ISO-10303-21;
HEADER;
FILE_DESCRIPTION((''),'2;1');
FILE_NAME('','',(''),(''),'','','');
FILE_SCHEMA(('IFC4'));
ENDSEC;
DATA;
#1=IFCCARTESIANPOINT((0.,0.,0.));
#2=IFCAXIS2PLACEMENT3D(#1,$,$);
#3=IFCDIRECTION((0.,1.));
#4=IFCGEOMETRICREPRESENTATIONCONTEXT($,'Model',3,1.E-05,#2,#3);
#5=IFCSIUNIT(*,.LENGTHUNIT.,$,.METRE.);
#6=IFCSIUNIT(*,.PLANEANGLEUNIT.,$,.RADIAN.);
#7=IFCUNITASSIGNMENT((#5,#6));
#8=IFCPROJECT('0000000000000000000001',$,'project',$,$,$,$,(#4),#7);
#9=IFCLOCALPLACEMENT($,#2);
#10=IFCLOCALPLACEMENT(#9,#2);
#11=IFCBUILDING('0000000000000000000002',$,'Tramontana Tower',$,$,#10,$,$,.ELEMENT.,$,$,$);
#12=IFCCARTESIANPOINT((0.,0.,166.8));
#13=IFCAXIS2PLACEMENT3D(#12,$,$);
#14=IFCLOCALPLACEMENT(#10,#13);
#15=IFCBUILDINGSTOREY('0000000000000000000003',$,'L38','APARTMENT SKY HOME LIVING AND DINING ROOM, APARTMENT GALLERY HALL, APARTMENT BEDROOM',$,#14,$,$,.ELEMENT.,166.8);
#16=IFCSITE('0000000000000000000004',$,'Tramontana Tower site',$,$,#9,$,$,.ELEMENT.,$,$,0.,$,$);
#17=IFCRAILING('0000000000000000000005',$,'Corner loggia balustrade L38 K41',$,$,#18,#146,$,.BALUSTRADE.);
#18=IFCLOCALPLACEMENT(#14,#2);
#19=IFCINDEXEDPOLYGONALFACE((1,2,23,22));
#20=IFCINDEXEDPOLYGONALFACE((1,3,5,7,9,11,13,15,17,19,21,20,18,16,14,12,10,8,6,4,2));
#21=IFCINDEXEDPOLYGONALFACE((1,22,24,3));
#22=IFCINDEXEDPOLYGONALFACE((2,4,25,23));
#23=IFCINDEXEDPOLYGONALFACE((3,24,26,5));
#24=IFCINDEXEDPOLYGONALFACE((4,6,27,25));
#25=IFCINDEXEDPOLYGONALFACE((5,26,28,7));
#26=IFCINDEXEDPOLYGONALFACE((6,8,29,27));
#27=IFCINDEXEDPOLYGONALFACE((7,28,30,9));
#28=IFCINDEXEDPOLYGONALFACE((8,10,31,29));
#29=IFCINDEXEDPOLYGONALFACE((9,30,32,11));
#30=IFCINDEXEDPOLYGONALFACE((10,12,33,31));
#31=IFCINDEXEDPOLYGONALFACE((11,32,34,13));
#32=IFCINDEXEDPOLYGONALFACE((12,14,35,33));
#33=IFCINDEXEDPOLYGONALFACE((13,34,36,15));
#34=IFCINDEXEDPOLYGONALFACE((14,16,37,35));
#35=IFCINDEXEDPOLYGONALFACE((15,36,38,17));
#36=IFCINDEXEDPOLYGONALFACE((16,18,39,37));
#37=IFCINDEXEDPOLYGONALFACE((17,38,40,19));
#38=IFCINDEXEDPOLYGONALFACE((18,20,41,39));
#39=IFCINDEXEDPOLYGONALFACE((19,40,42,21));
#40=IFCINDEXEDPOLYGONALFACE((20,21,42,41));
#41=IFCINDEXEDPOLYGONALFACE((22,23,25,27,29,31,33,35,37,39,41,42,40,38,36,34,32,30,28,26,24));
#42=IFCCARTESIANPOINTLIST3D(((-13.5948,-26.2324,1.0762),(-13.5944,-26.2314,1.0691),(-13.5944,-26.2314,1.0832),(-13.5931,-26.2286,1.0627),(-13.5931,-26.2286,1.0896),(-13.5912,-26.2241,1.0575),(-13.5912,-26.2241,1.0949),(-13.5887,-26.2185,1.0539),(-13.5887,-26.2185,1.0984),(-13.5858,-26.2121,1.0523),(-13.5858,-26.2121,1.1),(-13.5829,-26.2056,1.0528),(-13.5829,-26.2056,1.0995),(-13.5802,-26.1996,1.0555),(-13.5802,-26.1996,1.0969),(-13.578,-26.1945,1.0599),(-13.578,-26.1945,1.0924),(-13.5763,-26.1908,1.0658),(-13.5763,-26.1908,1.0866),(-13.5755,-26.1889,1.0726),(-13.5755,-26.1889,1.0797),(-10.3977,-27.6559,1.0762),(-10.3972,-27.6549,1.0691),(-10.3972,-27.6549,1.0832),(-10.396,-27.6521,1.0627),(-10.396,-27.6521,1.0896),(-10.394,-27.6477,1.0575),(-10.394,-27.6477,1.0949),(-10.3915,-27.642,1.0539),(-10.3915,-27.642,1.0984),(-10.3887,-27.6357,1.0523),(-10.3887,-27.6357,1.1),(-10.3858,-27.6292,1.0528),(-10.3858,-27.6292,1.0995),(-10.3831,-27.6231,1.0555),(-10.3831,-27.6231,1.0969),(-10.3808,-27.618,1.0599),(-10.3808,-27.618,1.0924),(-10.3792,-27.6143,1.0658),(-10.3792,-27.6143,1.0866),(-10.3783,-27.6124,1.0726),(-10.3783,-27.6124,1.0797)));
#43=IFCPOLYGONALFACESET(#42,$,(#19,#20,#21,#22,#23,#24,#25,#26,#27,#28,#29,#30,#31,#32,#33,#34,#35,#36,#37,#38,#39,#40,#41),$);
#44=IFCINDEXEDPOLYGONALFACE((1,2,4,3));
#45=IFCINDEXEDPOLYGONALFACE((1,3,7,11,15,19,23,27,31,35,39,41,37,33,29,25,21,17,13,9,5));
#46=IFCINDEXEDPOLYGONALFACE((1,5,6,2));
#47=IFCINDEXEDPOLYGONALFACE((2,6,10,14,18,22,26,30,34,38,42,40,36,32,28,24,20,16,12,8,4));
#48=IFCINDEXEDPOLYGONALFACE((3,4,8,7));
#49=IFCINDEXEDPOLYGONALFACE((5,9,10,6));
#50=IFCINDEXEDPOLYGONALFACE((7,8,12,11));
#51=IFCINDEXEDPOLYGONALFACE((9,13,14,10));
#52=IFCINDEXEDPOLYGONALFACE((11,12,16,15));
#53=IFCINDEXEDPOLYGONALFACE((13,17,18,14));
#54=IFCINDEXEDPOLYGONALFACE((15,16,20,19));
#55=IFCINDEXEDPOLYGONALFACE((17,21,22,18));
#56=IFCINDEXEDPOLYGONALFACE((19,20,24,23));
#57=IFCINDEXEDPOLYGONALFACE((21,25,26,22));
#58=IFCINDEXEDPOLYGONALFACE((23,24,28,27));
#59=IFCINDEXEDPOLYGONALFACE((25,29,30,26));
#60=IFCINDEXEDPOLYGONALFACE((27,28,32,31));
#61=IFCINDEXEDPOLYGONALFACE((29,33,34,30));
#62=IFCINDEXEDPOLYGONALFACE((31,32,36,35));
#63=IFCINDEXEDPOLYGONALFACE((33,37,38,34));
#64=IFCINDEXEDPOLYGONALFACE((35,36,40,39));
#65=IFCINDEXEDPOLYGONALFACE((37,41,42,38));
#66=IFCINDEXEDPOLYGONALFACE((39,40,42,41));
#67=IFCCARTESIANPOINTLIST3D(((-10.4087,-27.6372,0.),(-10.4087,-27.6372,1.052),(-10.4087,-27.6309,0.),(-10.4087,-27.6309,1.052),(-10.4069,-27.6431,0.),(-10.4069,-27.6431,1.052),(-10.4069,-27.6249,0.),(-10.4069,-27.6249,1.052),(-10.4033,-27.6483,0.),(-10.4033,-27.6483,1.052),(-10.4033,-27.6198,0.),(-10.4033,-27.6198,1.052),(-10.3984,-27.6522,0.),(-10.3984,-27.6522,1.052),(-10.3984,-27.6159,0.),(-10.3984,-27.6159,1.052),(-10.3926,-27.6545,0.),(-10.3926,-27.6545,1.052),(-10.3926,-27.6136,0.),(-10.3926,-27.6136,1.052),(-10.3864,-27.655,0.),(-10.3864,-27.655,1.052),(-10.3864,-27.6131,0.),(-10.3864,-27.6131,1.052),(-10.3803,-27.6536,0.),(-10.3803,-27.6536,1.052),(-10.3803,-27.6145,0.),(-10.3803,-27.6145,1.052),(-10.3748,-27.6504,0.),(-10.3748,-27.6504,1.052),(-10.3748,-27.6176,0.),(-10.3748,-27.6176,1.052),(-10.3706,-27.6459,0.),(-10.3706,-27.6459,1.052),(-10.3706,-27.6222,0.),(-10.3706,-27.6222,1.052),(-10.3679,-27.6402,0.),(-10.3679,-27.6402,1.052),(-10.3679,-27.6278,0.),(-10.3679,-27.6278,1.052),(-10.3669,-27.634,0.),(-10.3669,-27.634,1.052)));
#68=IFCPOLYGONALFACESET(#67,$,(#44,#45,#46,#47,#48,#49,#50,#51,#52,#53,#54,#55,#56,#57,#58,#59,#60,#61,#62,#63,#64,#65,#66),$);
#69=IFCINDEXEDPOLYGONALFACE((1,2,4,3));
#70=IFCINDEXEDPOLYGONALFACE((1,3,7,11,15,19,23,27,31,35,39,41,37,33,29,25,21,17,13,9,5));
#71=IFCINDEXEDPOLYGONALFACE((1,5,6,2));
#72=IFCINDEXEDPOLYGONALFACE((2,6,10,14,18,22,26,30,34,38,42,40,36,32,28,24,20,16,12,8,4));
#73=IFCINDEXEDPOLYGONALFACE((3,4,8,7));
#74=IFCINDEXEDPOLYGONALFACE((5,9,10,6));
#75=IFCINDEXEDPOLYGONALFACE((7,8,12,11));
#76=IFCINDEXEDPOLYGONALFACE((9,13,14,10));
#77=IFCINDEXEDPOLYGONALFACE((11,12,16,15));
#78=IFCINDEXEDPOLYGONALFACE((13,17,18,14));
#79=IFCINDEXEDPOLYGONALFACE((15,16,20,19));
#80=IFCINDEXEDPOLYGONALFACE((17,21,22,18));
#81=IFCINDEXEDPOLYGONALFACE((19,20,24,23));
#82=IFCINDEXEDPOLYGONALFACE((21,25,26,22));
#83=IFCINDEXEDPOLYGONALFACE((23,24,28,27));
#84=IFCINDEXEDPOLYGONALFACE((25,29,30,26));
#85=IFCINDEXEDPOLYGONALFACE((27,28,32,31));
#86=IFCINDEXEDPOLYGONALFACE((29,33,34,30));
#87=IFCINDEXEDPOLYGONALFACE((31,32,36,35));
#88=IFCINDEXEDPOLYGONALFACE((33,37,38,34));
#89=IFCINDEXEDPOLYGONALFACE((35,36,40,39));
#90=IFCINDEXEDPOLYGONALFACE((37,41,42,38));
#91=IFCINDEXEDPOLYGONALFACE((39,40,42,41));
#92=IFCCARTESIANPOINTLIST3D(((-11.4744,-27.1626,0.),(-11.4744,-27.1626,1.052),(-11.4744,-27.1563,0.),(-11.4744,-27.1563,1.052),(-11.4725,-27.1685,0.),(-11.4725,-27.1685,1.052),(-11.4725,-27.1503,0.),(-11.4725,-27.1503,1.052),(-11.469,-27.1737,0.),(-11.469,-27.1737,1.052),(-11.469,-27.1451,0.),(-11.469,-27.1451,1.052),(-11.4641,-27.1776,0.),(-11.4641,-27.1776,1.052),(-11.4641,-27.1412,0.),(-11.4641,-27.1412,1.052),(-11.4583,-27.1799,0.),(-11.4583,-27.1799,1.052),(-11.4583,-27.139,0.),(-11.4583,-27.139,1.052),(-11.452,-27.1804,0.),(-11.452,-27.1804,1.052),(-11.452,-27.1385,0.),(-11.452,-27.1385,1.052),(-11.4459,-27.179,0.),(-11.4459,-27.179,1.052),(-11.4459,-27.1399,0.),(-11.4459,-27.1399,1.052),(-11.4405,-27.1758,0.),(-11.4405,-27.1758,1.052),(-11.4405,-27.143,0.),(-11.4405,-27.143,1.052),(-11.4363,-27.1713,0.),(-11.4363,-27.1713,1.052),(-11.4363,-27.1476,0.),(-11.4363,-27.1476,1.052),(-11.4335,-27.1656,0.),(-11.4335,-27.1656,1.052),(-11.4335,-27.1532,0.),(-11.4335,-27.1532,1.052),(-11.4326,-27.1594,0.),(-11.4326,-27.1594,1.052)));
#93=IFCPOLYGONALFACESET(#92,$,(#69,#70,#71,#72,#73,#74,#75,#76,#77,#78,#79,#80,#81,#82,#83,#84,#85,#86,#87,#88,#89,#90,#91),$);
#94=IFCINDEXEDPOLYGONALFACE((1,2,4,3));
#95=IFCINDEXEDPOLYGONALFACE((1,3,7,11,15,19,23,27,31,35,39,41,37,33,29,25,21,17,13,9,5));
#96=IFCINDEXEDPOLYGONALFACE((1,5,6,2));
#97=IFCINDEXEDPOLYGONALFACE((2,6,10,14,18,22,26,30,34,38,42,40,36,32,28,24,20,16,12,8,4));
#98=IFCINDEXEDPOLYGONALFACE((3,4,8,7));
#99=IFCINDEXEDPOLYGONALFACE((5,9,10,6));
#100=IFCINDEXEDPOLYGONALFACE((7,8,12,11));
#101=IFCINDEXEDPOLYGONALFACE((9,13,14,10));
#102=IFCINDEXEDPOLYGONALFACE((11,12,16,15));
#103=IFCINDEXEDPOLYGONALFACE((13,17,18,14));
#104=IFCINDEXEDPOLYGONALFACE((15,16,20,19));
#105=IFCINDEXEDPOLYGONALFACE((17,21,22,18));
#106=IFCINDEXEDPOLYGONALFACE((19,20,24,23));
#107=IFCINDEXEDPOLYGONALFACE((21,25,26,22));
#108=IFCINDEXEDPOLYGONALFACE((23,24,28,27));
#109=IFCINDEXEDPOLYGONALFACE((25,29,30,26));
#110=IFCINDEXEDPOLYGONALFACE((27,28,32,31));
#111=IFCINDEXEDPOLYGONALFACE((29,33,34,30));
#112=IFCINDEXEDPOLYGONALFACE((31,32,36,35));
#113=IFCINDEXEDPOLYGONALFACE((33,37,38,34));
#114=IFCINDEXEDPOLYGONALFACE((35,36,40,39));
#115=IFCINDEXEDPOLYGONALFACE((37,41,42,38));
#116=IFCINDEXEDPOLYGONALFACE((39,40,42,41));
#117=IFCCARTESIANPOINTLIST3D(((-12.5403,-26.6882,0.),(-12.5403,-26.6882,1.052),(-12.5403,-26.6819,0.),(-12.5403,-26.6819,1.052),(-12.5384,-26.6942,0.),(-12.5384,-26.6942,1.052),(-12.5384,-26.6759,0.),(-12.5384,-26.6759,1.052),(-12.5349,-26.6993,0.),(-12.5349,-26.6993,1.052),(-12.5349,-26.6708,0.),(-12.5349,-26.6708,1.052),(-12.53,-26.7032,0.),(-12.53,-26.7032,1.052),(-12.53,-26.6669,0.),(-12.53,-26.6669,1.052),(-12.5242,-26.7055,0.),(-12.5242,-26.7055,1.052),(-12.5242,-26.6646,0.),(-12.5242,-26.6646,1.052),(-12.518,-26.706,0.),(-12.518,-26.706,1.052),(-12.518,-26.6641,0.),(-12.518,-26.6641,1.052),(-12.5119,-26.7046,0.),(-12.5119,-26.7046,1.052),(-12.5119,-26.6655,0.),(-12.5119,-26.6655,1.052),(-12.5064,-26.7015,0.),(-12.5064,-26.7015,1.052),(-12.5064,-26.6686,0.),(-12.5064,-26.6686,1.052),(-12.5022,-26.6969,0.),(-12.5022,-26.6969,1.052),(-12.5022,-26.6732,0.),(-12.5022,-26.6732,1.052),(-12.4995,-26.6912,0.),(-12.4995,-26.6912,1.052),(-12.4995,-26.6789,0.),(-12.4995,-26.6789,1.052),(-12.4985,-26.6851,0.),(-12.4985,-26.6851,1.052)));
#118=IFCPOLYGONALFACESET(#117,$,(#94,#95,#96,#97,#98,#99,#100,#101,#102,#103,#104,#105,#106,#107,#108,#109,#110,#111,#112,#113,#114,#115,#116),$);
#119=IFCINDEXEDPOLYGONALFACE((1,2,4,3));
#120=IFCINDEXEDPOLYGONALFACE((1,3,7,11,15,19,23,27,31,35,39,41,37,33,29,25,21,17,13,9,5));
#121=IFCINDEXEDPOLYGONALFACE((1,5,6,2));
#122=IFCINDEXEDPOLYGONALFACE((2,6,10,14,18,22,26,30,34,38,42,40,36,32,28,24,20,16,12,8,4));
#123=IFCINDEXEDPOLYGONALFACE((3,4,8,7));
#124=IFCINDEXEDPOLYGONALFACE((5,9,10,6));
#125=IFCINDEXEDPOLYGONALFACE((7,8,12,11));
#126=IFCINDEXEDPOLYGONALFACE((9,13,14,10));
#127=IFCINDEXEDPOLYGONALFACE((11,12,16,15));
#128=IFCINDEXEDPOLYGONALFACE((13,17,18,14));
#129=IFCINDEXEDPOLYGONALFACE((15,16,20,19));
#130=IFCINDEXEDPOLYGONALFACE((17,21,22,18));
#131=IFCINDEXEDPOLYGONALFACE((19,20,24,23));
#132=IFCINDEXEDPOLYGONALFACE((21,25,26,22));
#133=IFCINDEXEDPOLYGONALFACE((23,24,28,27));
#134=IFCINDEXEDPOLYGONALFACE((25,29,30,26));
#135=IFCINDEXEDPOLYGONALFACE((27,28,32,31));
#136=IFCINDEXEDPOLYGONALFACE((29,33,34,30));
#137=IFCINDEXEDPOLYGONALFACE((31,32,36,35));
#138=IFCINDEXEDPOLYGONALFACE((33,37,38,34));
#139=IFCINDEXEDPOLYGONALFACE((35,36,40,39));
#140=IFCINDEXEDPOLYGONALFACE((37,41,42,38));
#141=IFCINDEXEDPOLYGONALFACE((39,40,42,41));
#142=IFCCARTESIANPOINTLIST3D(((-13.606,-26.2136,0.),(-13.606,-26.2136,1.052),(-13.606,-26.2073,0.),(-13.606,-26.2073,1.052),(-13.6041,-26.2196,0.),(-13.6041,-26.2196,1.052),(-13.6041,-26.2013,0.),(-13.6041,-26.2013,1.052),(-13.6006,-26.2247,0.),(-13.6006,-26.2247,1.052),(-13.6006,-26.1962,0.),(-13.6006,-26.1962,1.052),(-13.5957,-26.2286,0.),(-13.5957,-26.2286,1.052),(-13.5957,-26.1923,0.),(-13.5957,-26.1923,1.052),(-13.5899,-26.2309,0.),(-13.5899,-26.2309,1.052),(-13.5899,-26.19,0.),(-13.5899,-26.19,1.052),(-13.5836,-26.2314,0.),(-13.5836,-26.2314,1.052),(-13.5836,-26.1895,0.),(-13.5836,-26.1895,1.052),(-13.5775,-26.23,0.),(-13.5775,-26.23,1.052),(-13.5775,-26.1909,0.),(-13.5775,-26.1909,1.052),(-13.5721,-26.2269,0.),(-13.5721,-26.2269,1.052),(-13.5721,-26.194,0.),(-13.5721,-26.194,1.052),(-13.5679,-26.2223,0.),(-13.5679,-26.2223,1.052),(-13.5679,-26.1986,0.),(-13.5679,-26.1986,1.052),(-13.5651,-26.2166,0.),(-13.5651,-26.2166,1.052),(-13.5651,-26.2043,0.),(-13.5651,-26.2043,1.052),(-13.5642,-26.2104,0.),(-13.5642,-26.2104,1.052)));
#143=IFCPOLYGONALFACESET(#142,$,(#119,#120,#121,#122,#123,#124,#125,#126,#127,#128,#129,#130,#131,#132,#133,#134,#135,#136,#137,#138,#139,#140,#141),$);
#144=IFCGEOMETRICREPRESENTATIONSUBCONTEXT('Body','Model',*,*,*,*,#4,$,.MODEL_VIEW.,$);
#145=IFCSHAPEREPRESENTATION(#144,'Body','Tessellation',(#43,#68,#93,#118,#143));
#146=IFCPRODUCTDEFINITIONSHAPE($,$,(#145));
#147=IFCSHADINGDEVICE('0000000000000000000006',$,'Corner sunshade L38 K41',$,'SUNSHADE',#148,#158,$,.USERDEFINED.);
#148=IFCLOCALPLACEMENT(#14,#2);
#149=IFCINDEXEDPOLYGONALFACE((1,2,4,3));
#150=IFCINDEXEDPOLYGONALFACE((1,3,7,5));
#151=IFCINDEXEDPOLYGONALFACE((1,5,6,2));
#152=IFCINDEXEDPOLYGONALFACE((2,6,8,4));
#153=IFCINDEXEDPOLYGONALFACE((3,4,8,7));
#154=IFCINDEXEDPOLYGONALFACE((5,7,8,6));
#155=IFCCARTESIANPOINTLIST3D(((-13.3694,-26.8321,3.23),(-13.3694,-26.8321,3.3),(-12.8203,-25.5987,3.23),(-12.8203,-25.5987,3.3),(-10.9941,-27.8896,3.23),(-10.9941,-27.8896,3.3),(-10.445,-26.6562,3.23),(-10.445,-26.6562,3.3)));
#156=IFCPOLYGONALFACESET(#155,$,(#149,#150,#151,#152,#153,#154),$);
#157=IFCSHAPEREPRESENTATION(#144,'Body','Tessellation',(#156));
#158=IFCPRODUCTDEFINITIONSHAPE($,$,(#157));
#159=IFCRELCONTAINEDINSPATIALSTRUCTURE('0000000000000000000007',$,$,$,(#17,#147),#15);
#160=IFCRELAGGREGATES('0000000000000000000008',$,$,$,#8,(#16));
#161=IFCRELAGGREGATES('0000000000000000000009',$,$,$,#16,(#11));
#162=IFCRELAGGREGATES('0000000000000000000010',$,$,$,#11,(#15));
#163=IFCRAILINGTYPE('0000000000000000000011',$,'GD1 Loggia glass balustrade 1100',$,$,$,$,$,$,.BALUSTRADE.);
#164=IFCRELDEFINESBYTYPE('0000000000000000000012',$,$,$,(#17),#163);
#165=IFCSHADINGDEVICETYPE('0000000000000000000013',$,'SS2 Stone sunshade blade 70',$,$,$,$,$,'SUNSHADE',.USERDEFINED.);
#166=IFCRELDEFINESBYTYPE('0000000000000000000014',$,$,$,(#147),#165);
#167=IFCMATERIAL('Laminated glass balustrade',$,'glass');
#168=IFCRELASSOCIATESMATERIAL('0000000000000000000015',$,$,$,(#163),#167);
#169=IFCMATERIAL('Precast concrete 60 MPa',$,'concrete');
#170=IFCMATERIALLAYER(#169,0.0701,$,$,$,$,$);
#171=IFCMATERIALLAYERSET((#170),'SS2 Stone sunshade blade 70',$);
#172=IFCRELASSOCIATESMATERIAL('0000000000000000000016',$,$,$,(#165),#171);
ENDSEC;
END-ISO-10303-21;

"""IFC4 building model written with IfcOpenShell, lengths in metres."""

from ifc_helpers import new_model, si_unit, direction, frame, origin, origin_2d, place, context, subcontext, project, spatial, rectangle, circle, extrude, material, layer, layer_set, type_object, element, save


model = new_model("IFC4")

# Units and contexts
model_context = context("Model", 3, precision=1e-05, world=origin(), true_north=direction((0.0, 1.0)))
body_context = subcontext(model_context, "Body", "Model", "MODEL_VIEW")
ifc_project = project(units=[si_unit("LENGTHUNIT", "METRE"), si_unit("PLANEANGLEUNIT", "RADIAN")], contexts=[model_context])

# Site, building, storey
site_placement = place(None, origin())
site = spatial("IfcSite", under=ifc_project, at=site_placement, Name="Tramontana Tower site", CompositionType="ELEMENT", RefElevation=0.0)
building_placement = place(site_placement, origin())
building = spatial("IfcBuilding", under=site, at=building_placement, Name="Tramontana Tower", CompositionType="ELEMENT")
storey_placement = place(building_placement, frame((0.0, 0.0, 166.8)))
storey = spatial("IfcBuildingStorey", under=building, at=storey_placement, Name="L38", Description="APARTMENT SKY HOME LIVING AND DINING ROOM, APARTMENT GALLERY HALL, APARTMENT BEDROOM", CompositionType="ELEMENT", Elevation=166.8)

# Railing
ifc_material_1 = material(Name="Laminated glass balustrade", Category="glass")
railing_type = type_object("IfcRailingType", Name="GD1 Loggia glass balustrade 1100", PredefinedType="BALUSTRADE", material=ifc_material_1)
railing_placement = place(storey_placement, frame((-10.3879, -27.634, 0.0)))
element("IfcRailing", 1, at=railing_placement, inside=storey, type_object=railing_type, Name="Corner loggia balustrade L38 K41", PredefinedType="BALUSTRADE", context=body_context, shape_type="SweptSolid", body=[
    extrude(circle(Radius=0.0239, at=origin_2d()), frame((0.0, 0.0, 1.0762), z_axis=(-0.913538, 0.406753, 0.0), x_axis=(-0.406753, -0.913538, 0.0)), (0.0, 0.0, 1.0), 3.4998),
    extrude(circle(Radius=0.021, at=origin_2d()), origin(), (0.0, 0.0, 1.0), 1.052),
    extrude(circle(Radius=0.021, at=origin_2d()), frame((-1.0657, 0.4746, 0.0)), (0.0, 0.0, 1.0), 1.052),
    extrude(circle(Radius=0.021, at=origin_2d()), frame((-2.1316, 0.949, 0.0)), (0.0, 0.0, 1.0), 1.052),
    extrude(circle(Radius=0.021, at=origin_2d()), frame((-3.1973, 1.4236, 0.0)), (0.0, 0.0, 1.0), 1.052),
])

# Shading device
ifc_material_2 = material(Name="Precast concrete 60 MPa", Category="concrete")
ifc_layer_1 = layer(ifc_material_2, 0.0701)
ifc_layer_set_1 = layer_set([ifc_layer_1], Name="SS2 Stone sunshade blade 70")
shading_device_type = type_object("IfcShadingDeviceType", Name="SS2 Stone sunshade blade 70", ElementType="SUNSHADE", PredefinedType="USERDEFINED", material=ifc_layer_set_1)
shading_device_placement = place(storey_placement, frame((-11.9072, -26.7441, 3.23), z_axis=(0.0, 0.0, 1.0), x_axis=(-0.913545, 0.406737, 0.0)))
element("IfcShadingDevice", 2, at=shading_device_placement, inside=storey, type_object=shading_device_type, Name="Corner sunshade L38 K41", ObjectType="SUNSHADE", PredefinedType="USERDEFINED", context=body_context, shape_type="SweptSolid", body=[
    extrude(rectangle(XDim=2.6001, YDim=1.3501, at=origin_2d()), origin(), (0.0, 0.0, 1.0), 0.0701),
])

save(model, "model.ifc")
